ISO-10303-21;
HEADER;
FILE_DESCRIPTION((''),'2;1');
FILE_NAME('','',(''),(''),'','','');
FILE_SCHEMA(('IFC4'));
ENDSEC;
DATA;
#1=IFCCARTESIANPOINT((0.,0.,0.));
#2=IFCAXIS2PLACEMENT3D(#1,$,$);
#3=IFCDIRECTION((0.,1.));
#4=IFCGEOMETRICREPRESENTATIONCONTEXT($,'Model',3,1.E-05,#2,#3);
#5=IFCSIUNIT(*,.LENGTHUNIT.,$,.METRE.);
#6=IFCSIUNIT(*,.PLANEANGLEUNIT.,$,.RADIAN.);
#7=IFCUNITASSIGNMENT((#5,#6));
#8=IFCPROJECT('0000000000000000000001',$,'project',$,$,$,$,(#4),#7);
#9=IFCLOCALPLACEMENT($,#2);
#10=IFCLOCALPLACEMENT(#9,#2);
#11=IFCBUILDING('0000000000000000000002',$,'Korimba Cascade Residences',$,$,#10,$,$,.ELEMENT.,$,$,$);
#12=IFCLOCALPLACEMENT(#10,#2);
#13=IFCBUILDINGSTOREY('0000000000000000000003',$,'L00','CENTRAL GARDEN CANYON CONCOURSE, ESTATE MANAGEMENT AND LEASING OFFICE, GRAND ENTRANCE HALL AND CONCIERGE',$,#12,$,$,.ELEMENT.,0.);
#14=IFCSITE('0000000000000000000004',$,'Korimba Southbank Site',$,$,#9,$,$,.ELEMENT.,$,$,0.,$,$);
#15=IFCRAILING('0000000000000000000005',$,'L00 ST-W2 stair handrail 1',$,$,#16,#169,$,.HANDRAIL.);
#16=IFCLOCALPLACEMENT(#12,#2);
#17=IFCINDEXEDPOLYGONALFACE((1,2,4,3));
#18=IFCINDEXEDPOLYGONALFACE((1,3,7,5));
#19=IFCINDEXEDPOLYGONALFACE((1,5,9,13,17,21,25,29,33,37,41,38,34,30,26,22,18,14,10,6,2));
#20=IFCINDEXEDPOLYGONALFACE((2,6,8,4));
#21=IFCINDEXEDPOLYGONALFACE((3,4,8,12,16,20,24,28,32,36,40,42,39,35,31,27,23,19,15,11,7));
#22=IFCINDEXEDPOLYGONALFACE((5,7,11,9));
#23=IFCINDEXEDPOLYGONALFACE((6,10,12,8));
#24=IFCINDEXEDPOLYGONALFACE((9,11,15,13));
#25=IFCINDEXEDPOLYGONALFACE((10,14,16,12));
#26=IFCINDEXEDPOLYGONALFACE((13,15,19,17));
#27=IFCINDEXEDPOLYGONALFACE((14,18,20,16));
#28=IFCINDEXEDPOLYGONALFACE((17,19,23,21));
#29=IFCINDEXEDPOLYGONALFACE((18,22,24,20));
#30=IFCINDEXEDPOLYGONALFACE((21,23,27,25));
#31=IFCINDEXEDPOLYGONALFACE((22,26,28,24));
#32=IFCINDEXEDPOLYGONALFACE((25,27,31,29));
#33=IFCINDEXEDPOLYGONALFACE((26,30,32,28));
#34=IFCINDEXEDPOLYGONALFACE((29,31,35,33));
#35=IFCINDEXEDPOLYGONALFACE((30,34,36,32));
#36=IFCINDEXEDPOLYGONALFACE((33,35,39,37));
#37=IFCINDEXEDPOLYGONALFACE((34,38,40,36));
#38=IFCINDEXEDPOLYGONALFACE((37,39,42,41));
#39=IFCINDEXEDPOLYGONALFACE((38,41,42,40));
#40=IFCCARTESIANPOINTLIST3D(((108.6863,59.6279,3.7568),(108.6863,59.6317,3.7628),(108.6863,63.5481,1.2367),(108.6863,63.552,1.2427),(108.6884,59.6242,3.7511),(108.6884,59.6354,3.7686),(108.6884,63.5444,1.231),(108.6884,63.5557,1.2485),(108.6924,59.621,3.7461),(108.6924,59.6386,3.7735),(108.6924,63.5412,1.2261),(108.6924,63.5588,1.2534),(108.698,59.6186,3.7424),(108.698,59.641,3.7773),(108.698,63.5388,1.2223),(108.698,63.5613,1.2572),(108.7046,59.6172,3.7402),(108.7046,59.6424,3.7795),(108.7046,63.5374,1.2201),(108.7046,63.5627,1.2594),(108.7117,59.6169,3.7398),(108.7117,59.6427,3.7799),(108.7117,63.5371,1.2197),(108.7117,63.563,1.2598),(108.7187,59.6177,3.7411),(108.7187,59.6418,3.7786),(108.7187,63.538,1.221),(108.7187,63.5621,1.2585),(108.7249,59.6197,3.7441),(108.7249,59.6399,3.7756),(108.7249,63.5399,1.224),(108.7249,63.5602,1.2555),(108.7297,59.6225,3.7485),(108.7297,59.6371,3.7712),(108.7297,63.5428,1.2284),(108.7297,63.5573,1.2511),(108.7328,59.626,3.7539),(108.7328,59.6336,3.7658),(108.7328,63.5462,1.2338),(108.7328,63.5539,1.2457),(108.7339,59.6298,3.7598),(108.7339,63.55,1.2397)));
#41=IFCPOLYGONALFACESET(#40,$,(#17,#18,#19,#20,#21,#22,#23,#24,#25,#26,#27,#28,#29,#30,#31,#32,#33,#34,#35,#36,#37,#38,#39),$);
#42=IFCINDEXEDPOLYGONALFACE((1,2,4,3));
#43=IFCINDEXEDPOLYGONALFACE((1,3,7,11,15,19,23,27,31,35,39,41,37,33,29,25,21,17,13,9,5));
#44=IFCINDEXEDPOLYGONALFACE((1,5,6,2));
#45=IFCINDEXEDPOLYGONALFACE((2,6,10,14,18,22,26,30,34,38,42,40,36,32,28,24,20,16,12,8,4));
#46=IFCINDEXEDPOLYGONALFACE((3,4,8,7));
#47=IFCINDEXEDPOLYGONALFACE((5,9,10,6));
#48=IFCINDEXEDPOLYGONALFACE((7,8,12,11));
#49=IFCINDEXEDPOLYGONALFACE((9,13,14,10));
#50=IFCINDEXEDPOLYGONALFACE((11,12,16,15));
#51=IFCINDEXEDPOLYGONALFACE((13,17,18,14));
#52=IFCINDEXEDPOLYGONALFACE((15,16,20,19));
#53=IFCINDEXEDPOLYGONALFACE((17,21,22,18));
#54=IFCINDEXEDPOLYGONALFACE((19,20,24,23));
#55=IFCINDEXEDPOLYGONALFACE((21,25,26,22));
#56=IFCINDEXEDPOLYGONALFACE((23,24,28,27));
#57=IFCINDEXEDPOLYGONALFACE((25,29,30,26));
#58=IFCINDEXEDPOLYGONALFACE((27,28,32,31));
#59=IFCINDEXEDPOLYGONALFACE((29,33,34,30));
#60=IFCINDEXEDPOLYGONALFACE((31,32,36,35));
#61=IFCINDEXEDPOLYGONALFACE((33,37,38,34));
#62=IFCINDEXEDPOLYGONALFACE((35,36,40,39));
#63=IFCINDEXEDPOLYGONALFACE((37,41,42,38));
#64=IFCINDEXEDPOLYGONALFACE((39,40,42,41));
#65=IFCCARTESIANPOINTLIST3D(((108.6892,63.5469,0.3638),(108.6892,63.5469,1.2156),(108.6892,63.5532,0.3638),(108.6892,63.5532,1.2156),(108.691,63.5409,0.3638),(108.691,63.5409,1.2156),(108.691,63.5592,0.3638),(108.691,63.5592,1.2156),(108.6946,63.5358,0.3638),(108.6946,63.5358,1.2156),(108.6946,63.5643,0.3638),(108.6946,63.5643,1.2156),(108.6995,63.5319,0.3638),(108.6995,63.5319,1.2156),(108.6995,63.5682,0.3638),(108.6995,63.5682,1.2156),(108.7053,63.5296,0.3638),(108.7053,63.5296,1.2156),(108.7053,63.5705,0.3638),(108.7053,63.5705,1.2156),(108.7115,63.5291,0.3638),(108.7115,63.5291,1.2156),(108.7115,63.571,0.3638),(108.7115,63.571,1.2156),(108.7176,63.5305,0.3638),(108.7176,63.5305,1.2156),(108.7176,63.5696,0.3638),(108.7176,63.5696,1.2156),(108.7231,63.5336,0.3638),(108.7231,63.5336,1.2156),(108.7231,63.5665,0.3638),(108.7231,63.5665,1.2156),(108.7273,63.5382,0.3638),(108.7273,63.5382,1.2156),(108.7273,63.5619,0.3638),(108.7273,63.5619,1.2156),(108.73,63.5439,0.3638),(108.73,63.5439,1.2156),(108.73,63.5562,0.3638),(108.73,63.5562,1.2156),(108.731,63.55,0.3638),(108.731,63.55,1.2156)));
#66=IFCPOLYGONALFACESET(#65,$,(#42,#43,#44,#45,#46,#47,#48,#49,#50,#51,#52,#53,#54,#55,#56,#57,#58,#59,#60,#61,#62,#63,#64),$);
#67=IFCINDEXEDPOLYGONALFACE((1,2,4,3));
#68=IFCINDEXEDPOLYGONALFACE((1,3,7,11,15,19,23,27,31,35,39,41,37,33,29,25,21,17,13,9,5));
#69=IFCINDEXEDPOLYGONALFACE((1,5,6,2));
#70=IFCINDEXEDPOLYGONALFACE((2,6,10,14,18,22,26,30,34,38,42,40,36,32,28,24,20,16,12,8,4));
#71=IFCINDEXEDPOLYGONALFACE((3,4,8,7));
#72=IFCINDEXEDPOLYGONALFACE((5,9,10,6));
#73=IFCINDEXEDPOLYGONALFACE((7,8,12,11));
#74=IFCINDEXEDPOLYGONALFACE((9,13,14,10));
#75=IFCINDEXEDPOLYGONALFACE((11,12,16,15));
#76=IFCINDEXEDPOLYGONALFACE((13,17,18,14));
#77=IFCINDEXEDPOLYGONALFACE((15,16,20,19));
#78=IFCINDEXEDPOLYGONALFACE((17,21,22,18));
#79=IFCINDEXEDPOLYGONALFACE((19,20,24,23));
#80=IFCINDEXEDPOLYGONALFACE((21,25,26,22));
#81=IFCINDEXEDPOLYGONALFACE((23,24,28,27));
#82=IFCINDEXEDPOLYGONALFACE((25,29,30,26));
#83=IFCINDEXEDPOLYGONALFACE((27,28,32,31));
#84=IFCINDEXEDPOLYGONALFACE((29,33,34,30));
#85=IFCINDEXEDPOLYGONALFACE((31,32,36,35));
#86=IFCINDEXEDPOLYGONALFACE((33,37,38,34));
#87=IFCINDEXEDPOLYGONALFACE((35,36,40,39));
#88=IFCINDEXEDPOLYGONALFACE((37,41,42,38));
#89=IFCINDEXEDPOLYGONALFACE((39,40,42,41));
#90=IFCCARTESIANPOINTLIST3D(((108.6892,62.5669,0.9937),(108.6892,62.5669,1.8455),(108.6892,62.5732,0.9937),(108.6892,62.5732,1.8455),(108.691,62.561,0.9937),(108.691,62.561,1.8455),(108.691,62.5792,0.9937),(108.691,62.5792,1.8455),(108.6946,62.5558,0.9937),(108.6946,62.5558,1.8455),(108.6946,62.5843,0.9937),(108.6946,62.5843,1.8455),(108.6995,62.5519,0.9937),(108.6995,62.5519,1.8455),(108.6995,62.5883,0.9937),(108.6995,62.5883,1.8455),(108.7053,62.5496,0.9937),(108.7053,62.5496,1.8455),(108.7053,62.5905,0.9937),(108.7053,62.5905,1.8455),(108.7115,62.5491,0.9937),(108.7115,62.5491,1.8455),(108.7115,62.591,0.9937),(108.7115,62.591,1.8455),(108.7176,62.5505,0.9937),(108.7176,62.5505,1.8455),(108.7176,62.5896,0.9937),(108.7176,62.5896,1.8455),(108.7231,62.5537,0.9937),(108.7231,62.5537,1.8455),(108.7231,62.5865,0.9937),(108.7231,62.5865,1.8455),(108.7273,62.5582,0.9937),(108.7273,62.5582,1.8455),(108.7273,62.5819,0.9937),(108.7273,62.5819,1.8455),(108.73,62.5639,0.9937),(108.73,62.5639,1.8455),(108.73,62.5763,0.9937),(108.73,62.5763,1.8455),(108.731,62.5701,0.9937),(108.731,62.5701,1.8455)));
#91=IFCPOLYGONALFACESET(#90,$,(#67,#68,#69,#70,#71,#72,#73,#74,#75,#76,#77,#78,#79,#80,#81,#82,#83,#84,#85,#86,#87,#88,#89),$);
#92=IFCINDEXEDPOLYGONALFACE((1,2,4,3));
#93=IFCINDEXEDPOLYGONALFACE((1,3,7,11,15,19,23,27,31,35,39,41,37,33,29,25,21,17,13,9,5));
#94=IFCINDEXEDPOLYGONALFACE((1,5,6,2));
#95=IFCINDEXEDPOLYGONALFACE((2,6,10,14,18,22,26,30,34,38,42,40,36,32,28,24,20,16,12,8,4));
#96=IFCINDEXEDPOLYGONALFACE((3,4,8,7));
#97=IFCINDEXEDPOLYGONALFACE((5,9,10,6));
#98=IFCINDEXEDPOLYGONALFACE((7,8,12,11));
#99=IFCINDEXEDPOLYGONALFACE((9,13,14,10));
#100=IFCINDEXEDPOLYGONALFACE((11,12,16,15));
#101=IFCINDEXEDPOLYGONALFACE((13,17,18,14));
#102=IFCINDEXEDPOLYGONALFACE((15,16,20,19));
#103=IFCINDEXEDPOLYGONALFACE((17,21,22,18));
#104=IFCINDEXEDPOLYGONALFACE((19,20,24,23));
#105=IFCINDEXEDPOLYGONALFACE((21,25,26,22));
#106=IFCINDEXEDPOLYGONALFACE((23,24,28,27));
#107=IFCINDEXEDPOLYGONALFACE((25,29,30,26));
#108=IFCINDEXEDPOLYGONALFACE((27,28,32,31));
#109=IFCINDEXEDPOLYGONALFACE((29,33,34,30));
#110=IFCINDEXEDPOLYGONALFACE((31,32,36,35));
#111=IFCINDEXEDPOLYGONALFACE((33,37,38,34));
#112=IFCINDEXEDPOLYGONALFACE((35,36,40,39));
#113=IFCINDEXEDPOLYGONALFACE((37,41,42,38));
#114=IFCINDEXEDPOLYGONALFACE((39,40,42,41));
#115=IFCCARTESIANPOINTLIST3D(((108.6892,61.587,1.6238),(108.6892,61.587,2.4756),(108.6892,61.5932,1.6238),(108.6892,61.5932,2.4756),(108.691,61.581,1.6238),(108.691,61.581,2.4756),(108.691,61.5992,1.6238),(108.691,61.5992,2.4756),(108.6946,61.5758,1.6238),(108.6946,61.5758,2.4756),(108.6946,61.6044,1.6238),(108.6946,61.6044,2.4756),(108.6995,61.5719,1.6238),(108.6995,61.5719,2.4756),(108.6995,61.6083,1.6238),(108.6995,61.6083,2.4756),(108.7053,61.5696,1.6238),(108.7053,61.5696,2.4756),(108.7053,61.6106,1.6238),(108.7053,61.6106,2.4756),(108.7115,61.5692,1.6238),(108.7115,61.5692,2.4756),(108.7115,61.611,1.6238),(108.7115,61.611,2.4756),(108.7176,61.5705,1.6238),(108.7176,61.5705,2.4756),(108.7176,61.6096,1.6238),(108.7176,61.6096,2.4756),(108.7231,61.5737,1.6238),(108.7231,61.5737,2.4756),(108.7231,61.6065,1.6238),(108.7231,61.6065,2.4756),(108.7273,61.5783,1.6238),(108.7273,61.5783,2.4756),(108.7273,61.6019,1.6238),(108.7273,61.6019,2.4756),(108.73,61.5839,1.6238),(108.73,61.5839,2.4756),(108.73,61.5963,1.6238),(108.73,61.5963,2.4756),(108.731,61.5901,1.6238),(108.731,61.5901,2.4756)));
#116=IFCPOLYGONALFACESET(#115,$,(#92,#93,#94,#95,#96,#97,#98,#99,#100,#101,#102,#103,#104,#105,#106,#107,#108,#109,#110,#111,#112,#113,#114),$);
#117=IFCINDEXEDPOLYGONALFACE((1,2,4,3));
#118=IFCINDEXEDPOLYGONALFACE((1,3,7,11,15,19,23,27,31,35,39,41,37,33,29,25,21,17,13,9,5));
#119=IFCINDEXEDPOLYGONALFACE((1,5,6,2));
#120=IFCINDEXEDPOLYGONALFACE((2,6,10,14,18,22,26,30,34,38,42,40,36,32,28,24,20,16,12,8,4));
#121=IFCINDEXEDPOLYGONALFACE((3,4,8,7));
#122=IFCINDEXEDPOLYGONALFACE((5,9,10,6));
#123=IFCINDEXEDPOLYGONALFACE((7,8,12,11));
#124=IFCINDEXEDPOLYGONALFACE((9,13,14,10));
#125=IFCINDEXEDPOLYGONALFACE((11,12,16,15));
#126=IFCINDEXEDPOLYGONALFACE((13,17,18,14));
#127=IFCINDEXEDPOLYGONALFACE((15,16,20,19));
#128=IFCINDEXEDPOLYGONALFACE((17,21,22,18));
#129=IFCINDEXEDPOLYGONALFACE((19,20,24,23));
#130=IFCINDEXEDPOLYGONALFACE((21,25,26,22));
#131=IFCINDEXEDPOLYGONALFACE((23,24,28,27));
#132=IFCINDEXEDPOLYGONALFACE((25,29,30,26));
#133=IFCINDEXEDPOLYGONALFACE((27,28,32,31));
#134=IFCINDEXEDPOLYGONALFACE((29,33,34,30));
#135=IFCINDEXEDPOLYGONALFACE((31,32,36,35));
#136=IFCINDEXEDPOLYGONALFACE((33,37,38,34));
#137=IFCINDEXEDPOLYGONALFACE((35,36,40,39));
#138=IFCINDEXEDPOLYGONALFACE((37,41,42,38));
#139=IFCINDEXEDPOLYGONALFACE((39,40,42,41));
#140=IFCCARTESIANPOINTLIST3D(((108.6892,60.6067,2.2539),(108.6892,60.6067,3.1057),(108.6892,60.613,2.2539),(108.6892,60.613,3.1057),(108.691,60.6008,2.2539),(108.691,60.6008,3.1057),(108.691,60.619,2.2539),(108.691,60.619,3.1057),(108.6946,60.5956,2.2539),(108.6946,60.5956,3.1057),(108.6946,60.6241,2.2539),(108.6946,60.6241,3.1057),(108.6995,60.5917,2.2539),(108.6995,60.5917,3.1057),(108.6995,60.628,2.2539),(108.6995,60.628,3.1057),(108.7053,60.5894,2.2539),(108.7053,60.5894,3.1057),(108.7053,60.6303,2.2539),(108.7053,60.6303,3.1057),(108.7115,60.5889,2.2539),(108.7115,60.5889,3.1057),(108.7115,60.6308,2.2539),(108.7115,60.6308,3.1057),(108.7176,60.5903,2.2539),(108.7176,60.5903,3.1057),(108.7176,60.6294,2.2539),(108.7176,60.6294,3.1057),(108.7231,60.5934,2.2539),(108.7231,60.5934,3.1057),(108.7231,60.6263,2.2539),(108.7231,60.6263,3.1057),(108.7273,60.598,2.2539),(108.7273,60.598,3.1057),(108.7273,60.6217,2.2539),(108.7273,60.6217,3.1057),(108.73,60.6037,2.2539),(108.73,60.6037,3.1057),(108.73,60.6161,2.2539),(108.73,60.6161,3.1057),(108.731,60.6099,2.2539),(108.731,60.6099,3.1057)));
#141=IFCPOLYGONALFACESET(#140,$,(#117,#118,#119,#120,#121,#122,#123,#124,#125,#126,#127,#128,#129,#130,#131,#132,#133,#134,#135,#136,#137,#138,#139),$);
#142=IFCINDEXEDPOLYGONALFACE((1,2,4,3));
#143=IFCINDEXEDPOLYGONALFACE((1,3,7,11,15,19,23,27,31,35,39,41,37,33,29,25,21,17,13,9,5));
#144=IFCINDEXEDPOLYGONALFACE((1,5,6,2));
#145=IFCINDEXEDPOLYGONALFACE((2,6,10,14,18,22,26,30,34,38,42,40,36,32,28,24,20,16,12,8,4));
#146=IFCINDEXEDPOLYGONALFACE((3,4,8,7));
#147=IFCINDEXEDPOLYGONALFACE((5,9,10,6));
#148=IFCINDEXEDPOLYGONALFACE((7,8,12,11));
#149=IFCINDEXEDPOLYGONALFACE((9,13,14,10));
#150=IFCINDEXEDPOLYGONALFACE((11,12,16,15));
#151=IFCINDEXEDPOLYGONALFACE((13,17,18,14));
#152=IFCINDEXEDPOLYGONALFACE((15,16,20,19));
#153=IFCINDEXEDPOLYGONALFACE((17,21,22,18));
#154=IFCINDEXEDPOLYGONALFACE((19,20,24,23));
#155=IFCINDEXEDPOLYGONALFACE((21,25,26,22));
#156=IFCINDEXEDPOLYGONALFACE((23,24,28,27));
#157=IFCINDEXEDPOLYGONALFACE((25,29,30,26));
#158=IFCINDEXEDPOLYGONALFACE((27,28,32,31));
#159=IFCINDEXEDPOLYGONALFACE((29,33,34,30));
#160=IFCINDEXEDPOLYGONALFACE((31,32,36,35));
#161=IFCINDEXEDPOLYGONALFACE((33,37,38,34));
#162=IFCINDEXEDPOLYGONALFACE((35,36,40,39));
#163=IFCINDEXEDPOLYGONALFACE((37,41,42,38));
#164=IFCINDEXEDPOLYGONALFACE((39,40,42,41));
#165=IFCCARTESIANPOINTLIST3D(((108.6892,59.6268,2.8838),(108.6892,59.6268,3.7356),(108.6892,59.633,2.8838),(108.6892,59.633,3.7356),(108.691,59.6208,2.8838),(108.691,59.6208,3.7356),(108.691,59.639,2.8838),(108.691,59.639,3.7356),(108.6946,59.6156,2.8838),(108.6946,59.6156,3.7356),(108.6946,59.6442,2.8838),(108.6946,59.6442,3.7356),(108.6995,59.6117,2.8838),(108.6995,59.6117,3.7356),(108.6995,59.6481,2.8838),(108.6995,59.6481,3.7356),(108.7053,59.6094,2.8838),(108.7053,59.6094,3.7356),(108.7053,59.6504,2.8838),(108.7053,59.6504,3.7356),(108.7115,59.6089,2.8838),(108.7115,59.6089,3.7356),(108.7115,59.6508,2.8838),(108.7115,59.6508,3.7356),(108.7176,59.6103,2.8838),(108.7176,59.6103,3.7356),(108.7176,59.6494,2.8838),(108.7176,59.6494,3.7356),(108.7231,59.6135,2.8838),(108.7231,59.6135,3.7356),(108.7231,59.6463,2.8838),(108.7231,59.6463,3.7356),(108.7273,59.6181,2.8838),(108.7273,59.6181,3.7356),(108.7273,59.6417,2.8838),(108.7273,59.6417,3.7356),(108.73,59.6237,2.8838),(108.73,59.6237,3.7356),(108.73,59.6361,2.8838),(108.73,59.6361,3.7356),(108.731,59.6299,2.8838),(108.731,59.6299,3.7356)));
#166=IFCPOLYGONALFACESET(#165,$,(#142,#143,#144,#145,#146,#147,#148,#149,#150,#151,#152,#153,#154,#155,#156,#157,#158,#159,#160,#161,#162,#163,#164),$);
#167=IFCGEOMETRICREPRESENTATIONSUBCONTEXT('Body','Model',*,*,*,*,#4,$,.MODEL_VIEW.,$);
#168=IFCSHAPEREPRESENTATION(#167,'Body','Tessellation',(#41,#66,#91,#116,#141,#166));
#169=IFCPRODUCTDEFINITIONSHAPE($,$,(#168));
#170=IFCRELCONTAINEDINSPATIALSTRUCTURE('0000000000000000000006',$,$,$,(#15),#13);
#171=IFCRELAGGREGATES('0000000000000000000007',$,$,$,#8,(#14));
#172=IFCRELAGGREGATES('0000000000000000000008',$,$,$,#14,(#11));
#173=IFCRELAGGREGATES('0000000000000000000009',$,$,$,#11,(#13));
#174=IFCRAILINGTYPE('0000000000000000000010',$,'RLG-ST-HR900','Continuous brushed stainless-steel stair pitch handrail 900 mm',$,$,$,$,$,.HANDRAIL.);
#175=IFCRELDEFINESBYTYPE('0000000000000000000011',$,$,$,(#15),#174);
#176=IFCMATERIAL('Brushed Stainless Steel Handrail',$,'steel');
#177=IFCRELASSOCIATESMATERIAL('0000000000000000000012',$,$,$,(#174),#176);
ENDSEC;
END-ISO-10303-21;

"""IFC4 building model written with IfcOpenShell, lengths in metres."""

from ifc_helpers import new_model, si_unit, direction, frame, origin, origin_2d, place, context, subcontext, project, spatial, circle, extrude, material, type_object, element, save


model = new_model("IFC4")

# Units and contexts
model_context = context("Model", 3, precision=1e-05, world=origin(), true_north=direction((0.0, 1.0)))
body_context = subcontext(model_context, "Body", "Model", "MODEL_VIEW")
ifc_project = project(units=[si_unit("LENGTHUNIT", "METRE"), si_unit("PLANEANGLEUNIT", "RADIAN")], contexts=[model_context])

# Site, building, storey
site_placement = place(None, origin())
site = spatial("IfcSite", under=ifc_project, at=site_placement, Name="Korimba Southbank Site", CompositionType="ELEMENT", RefElevation=0.0)
building_placement = place(site_placement, origin())
building = spatial("IfcBuilding", under=site, at=building_placement, Name="Korimba Cascade Residences", CompositionType="ELEMENT")
storey_placement = place(building_placement, origin())
storey = spatial("IfcBuildingStorey", under=building, at=storey_placement, Name="L00", Description="CENTRAL GARDEN CANYON CONCOURSE, ESTATE MANAGEMENT AND LEASING OFFICE, GRAND ENTRANCE HALL AND CONCIERGE", CompositionType="ELEMENT", Elevation=0.0)

# Railing
ifc_material_1 = material(Name="Brushed Stainless Steel Handrail", Category="steel")
railing_type_1 = type_object("IfcRailingType", Name="RLG-ST-HR900", Description="Continuous brushed stainless-steel stair pitch handrail 900 mm", PredefinedType="HANDRAIL", material=ifc_material_1)
railing_1_placement = place(storey_placement, frame((108.71, 63.55, 0.3638)))
element("IfcRailing", 1, at=railing_1_placement, inside=storey, type_object=railing_type_1, Name="L00 ST-W2 stair handrail 1", PredefinedType="HANDRAIL", context=body_context, shape_type="SweptSolid", body=[
    extrude(circle(Radius=0.0239, at=origin_2d()), frame((0.0, 0.0, 0.876), z_axis=(0.0, -0.841187, 0.540744), x_axis=(1.0, 0.0, 0.0)), (0.0, 0.0, 1.0), 4.6604),
    extrude(circle(Radius=0.021, at=origin_2d()), origin(), (0.0, 0.0, 1.0), 0.8518),
    extrude(circle(Radius=0.021, at=origin_2d()), frame((0.0, -0.98, 0.6299)), (0.0, 0.0, 1.0), 0.8518),
    extrude(circle(Radius=0.021, at=origin_2d()), frame((0.0, -1.96, 1.26)), (0.0, 0.0, 1.0), 0.8518),
    extrude(circle(Radius=0.021, at=origin_2d()), frame((0.0, -2.9402, 1.8901)), (0.0, 0.0, 1.0), 0.8518),
    extrude(circle(Radius=0.021, at=origin_2d()), frame((0.0, -3.9202, 2.52)), (0.0, 0.0, 1.0), 0.8518),
])

save(model, "model.ifc")
